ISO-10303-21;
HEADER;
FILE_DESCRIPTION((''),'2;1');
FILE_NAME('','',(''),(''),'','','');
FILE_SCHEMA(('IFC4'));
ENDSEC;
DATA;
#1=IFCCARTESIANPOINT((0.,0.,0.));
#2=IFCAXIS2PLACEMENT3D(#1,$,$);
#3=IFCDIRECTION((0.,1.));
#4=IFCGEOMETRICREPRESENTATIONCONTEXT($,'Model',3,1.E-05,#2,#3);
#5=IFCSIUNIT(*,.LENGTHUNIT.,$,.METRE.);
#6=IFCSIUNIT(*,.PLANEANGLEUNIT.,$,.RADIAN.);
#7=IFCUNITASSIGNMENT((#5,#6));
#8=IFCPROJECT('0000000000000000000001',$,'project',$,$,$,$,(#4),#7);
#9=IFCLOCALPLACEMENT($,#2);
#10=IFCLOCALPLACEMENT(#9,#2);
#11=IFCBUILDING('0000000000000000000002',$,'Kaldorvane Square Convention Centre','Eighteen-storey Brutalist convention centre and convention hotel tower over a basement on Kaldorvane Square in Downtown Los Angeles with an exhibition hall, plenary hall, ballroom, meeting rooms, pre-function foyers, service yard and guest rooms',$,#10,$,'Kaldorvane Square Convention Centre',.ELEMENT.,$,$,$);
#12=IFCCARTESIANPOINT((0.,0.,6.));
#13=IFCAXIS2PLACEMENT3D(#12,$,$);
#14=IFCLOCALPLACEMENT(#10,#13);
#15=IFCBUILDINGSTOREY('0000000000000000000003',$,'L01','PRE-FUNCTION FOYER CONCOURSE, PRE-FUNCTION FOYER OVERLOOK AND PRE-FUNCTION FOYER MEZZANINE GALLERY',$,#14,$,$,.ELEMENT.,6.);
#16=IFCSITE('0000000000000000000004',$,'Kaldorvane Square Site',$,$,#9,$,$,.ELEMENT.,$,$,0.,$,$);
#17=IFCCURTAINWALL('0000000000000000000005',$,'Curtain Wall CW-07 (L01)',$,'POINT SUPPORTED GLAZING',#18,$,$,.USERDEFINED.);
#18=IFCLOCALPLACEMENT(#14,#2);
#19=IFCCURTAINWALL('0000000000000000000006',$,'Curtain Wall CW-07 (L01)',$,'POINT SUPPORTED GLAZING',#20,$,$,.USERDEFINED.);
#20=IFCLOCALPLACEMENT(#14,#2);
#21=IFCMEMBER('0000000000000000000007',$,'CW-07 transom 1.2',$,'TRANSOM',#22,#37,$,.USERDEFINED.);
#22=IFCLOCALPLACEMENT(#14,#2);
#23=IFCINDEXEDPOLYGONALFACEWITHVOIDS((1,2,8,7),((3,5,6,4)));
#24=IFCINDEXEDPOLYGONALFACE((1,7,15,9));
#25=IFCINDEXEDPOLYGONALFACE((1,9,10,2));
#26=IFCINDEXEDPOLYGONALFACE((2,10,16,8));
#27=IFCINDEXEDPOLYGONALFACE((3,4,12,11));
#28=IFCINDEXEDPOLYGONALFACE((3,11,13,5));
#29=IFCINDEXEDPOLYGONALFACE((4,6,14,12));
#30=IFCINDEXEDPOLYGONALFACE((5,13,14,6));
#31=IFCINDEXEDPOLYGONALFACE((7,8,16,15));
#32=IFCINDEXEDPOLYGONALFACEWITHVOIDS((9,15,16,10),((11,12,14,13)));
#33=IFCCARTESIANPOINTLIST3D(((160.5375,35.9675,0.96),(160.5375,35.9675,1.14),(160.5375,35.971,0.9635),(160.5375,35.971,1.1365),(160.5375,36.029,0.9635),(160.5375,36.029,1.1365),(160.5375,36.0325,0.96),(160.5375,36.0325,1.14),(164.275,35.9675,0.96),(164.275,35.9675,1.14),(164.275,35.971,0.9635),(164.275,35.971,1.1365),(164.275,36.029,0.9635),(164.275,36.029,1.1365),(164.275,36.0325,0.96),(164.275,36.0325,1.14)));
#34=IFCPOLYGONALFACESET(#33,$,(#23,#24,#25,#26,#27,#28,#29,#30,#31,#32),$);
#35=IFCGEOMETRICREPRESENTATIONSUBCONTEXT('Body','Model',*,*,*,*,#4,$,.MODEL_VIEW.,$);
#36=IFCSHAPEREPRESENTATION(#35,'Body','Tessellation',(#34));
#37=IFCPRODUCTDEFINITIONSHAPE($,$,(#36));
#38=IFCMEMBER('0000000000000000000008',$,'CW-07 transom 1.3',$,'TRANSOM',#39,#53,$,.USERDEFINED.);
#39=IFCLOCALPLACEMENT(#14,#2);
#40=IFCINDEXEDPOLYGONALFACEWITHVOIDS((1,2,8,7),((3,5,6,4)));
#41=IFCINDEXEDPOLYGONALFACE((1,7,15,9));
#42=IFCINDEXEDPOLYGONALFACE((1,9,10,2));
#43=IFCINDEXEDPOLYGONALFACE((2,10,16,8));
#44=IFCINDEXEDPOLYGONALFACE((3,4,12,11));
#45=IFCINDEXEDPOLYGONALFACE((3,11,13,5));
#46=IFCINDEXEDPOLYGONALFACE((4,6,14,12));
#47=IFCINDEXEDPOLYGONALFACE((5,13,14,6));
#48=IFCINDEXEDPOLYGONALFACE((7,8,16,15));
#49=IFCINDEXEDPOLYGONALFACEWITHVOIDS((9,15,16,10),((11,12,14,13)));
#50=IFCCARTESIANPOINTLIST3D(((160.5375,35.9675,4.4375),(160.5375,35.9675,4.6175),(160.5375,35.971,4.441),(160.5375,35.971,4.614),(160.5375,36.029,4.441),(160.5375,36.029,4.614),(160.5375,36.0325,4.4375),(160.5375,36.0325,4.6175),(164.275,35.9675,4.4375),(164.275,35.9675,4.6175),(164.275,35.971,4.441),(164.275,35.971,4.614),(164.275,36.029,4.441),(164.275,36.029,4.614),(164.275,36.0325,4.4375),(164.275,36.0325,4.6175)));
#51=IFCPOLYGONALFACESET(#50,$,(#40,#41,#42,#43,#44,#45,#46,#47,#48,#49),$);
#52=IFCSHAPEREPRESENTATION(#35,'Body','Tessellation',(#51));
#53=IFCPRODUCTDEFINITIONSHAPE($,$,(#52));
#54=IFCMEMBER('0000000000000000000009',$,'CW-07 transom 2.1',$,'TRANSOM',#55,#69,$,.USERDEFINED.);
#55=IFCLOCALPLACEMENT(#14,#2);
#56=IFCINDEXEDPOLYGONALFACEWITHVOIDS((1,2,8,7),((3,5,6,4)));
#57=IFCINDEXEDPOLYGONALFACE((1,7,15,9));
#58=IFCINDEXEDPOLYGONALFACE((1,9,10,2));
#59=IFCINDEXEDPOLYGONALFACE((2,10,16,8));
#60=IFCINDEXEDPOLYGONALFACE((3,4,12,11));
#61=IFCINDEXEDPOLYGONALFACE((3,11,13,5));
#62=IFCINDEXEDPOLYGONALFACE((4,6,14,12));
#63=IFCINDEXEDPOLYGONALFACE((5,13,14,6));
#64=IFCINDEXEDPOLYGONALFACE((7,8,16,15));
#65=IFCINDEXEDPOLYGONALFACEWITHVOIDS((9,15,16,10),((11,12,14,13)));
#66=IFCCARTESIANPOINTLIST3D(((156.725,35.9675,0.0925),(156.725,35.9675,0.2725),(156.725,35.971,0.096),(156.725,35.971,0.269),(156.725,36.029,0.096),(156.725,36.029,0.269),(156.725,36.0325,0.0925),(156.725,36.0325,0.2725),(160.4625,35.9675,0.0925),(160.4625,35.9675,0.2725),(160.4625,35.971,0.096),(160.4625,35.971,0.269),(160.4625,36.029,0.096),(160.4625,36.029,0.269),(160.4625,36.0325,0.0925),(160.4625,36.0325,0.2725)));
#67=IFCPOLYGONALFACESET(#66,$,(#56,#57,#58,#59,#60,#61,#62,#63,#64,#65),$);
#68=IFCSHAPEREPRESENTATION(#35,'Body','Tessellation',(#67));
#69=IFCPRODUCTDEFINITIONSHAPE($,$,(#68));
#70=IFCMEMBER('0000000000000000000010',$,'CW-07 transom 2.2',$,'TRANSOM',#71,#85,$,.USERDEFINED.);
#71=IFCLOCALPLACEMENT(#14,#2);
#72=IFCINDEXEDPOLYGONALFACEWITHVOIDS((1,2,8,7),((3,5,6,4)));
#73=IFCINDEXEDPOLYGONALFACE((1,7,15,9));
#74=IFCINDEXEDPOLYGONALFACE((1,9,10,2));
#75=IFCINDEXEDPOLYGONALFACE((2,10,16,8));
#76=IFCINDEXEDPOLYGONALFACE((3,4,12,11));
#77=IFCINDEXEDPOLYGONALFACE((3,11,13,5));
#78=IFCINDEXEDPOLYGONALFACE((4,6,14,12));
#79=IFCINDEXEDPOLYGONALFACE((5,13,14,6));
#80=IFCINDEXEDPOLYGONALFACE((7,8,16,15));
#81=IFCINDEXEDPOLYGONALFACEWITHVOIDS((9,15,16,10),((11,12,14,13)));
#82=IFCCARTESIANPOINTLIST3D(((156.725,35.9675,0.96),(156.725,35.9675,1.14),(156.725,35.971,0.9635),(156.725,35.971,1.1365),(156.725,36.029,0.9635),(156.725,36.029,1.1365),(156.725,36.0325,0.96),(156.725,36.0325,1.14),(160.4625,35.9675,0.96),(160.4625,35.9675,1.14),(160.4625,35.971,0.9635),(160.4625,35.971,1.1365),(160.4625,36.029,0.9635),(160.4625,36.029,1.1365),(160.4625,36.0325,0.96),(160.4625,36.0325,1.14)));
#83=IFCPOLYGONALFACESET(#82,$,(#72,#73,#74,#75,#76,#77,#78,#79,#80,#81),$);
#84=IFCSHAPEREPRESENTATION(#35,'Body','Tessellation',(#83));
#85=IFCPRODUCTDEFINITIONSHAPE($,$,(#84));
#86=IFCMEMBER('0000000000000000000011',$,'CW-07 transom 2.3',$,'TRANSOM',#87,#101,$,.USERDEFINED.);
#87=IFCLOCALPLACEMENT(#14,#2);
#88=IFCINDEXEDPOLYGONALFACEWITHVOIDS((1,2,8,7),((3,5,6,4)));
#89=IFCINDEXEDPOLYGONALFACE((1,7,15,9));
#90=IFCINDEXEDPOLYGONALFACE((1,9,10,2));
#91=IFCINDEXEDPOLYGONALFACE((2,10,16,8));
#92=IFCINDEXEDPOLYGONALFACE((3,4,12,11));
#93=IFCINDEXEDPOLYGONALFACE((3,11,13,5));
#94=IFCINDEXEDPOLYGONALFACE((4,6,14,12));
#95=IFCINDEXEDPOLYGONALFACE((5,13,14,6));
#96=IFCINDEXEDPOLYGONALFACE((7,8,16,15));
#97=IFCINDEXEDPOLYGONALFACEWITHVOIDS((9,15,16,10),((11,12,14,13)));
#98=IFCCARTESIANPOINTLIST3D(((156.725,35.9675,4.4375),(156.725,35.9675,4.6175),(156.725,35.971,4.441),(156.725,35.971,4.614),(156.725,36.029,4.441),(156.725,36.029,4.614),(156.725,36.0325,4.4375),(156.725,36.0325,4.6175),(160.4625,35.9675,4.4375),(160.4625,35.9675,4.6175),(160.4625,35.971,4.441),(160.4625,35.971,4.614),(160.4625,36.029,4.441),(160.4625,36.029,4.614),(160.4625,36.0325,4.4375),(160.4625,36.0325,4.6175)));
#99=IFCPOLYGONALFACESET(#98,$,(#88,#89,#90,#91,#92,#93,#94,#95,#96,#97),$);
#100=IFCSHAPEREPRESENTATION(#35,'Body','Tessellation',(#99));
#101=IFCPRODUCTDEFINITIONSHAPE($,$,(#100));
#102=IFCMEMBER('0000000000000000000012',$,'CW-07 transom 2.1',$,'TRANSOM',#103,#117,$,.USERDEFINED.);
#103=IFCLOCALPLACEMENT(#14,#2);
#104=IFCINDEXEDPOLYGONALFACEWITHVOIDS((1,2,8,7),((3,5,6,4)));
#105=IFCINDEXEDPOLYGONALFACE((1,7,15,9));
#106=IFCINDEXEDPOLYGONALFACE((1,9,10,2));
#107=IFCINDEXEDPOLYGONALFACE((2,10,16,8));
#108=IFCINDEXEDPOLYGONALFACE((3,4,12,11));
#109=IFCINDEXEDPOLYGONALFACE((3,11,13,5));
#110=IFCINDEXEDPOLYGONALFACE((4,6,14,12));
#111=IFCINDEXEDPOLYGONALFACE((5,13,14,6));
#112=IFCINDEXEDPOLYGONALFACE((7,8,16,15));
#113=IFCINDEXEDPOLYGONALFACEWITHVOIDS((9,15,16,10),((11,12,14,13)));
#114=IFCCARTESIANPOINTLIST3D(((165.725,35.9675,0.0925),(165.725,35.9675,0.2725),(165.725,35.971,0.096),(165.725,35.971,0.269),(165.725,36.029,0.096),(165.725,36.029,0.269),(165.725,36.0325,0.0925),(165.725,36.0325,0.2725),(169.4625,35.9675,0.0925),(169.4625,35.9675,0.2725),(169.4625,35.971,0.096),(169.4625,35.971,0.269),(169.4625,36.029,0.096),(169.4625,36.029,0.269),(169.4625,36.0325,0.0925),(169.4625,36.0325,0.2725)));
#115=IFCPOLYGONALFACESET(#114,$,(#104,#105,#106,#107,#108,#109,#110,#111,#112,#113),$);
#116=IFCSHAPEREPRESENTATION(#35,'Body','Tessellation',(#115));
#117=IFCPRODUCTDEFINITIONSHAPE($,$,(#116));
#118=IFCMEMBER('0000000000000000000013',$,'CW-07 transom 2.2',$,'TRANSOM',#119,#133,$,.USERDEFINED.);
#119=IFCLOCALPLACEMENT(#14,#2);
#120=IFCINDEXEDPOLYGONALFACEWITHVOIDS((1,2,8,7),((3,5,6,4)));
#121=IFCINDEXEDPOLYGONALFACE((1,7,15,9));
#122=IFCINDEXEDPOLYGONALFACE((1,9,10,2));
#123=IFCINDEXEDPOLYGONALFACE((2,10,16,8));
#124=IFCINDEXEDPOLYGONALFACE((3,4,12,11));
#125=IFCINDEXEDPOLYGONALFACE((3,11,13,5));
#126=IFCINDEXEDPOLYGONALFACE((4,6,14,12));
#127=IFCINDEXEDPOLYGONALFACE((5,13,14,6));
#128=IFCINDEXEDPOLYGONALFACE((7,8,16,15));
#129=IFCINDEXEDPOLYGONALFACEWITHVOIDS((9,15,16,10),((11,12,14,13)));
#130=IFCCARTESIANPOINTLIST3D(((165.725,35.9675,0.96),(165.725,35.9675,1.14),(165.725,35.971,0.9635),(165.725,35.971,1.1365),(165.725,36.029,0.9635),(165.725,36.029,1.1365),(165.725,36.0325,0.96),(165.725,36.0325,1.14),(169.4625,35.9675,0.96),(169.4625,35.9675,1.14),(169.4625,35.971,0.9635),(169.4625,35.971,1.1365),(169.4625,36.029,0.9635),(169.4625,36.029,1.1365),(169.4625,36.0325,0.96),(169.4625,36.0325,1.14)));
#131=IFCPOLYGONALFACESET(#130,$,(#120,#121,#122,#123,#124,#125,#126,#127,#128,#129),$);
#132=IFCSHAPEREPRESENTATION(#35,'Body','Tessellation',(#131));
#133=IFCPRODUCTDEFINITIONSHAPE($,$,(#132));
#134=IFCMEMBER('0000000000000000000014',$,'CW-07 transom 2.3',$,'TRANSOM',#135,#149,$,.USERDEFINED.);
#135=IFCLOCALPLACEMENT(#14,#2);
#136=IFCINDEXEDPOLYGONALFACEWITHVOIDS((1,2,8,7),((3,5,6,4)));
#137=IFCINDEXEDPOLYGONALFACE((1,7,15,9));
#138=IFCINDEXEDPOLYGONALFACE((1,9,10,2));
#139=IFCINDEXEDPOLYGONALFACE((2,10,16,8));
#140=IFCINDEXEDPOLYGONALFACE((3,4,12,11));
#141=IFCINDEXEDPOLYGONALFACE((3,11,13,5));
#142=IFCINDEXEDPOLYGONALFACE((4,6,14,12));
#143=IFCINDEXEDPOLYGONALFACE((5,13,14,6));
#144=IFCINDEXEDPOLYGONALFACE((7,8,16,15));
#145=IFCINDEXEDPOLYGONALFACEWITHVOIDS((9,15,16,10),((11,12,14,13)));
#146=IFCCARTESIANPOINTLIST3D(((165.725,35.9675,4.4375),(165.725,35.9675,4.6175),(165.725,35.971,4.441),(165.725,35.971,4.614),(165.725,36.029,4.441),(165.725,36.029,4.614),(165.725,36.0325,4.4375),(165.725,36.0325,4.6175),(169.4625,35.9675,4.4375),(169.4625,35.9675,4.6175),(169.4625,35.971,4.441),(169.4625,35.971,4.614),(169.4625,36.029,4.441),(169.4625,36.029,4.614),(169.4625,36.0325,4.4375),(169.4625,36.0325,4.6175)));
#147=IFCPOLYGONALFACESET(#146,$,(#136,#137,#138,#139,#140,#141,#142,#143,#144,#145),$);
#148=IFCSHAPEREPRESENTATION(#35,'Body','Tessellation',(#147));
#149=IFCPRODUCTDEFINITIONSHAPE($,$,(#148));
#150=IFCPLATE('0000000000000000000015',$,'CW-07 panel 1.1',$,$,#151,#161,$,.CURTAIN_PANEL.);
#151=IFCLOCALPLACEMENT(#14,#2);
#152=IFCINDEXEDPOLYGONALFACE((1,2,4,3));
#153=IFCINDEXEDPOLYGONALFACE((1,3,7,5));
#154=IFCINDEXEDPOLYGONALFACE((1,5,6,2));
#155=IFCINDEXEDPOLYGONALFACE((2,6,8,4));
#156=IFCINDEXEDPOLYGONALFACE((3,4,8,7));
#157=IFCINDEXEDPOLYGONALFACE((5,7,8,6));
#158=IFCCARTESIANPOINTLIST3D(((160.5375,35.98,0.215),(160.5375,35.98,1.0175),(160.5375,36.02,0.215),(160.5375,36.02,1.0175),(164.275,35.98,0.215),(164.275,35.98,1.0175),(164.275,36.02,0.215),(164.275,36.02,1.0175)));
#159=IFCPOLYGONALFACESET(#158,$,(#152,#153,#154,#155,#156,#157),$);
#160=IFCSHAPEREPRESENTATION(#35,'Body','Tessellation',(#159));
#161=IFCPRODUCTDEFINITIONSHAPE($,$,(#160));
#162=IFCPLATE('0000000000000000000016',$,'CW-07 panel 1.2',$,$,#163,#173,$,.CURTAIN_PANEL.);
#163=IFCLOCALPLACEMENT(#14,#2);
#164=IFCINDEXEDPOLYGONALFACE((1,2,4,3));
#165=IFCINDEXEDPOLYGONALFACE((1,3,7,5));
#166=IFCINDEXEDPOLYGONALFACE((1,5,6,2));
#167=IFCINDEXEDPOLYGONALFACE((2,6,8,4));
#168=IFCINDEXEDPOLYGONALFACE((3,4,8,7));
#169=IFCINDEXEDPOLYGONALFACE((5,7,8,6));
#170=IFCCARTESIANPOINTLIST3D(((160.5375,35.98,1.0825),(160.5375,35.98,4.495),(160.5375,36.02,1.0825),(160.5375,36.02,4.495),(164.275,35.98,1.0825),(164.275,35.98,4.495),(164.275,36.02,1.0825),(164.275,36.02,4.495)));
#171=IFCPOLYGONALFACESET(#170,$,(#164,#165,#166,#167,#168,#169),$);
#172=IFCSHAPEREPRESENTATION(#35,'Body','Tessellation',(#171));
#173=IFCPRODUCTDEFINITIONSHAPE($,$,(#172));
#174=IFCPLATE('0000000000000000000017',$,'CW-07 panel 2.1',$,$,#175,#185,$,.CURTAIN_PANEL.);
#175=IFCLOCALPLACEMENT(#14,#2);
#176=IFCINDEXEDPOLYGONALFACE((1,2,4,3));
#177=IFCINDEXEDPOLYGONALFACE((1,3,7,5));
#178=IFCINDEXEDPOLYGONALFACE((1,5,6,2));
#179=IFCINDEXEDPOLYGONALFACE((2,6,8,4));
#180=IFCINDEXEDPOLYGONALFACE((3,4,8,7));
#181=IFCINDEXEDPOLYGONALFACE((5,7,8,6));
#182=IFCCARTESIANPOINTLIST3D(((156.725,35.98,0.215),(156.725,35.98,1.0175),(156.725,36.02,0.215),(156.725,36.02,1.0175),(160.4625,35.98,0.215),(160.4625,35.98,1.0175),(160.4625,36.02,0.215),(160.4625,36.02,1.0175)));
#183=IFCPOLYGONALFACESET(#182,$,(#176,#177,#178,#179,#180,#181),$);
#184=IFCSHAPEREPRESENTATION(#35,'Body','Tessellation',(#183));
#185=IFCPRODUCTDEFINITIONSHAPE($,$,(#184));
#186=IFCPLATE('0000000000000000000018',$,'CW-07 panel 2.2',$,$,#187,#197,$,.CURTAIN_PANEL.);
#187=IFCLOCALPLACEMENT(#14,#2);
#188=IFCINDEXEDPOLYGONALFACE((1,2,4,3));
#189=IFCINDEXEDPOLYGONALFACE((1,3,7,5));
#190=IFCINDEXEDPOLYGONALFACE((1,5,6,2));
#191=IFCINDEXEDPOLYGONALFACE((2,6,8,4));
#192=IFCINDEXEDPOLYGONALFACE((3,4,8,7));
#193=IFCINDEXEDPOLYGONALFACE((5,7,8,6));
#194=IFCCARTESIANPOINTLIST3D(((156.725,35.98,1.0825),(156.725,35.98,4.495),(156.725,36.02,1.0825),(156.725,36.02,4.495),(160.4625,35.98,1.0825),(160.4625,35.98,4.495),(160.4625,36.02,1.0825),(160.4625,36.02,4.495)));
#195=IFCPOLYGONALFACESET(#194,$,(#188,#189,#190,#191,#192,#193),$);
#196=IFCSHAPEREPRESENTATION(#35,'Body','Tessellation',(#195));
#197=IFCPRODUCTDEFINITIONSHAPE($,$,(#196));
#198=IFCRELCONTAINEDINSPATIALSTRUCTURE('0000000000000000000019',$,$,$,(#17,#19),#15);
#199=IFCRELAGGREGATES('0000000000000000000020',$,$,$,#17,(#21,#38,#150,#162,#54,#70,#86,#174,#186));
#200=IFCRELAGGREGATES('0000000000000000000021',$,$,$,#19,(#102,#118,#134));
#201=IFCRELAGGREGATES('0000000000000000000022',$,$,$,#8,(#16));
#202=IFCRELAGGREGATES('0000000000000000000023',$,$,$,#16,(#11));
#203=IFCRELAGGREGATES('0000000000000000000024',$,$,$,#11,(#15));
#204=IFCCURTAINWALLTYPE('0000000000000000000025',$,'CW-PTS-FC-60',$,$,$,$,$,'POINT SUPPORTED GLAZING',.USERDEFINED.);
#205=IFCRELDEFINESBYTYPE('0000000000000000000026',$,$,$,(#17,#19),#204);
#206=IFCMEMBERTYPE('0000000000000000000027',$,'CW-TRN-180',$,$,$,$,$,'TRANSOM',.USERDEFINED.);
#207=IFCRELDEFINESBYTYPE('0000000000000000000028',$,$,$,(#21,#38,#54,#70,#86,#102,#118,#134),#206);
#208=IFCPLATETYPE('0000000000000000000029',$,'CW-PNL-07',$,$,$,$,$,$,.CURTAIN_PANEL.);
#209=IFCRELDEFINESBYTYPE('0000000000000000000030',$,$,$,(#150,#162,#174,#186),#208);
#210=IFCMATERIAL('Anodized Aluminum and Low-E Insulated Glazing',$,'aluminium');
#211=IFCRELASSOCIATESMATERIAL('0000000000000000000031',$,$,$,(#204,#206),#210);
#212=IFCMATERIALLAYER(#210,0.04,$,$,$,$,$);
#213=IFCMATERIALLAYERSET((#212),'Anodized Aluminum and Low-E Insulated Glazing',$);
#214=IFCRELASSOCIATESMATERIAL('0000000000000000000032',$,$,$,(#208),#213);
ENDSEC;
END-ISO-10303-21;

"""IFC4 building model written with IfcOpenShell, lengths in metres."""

from ifc_helpers import new_model, si_unit, direction, frame, origin, origin_2d, place, context, subcontext, project, spatial, rectangle, hollow_rectangle, extrude, material, layer, layer_set, material_profile, profile_set, type_object, element, aggregate, save


model = new_model("IFC4")

# Units and contexts
model_context = context("Model", 3, precision=1e-05, world=origin(), true_north=direction((0.0, 1.0)))
body_context = subcontext(model_context, "Body", "Model", "MODEL_VIEW")
ifc_project = project(units=[si_unit("LENGTHUNIT", "METRE"), si_unit("PLANEANGLEUNIT", "RADIAN")], contexts=[model_context])

# Site, building, storey
site_placement = place(None, origin())
site = spatial("IfcSite", under=ifc_project, at=site_placement, Name="Kaldorvane Square Site", CompositionType="ELEMENT", RefElevation=0.0)
building_placement = place(site_placement, origin())
building = spatial("IfcBuilding", under=site, at=building_placement, Name="Kaldorvane Square Convention Centre", Description="Eighteen-storey Brutalist convention centre and convention hotel tower over a basement on Kaldorvane Square in Downtown Los Angeles with an exhibition hall, plenary hall, ballroom, meeting rooms, pre-function foyers, service yard and guest rooms", LongName="Kaldorvane Square Convention Centre", CompositionType="ELEMENT")
storey_placement = place(building_placement, frame((0.0, 0.0, 6.0)))
storey = spatial("IfcBuildingStorey", under=building, at=storey_placement, Name="L01", Description="PRE-FUNCTION FOYER CONCOURSE, PRE-FUNCTION FOYER OVERLOOK AND PRE-FUNCTION FOYER MEZZANINE GALLERY", CompositionType="ELEMENT", Elevation=6.0)

# Curtain wall
ifc_material_1 = material(Name="Anodized Aluminum and Low-E Insulated Glazing", Category="aluminium")
curtain_wall_type = type_object("IfcCurtainWallType", Name="CW-PTS-FC-60", ElementType="POINT SUPPORTED GLAZING", PredefinedType="USERDEFINED", material=ifc_material_1)
curtain_wall_1_placement = place(storey_placement, origin())
curtain_wall_1 = element("IfcCurtainWall", 1, at=curtain_wall_1_placement, inside=storey, type_object=curtain_wall_type, Name="Curtain Wall CW-07 (L01)", ObjectType="POINT SUPPORTED GLAZING", PredefinedType="USERDEFINED")

# Curtain wall
curtain_wall_2_placement = place(storey_placement, origin())
curtain_wall_2 = element("IfcCurtainWall", 2, at=curtain_wall_2_placement, inside=storey, type_object=curtain_wall_type, Name="Curtain Wall CW-07 (L01)", ObjectType="POINT SUPPORTED GLAZING", PredefinedType="USERDEFINED")

# Members
ifc_material_profile_1 = material_profile(ifc_material_1, hollow_rectangle(XDim=0.065, YDim=0.18, WallThickness=0.0035, at=origin_2d()), Name="CWT-180X65")
ifc_profile_set_1 = profile_set([ifc_material_profile_1], Name="Anodized Aluminum and Low-E Insulated Glazing")
member_type_1 = type_object("IfcMemberType", Name="CW-TRN-180", ElementType="TRANSOM", PredefinedType="USERDEFINED", material=ifc_profile_set_1)
member_1_placement = place(storey_placement, frame((164.275, 36.0, 1.05), z_axis=(-1.0, 0.0, 0.0), x_axis=(0.0, -1.0, 0.0)))
member_1 = element("IfcMember", 3, at=member_1_placement, type_object=member_type_1, Name="CW-07 transom 1.2", ObjectType="TRANSOM", PredefinedType="USERDEFINED", context=body_context, shape_type="SweptSolid", body=[
    extrude(hollow_rectangle(XDim=0.065, YDim=0.18, WallThickness=0.0035, at=origin_2d()), origin(), (0.0, 0.0, 1.0), 3.7375),
])
member_2_placement = place(storey_placement, frame((164.275, 36.0, 4.5275), z_axis=(-1.0, 0.0, 0.0), x_axis=(0.0, -1.0, 0.0)))
member_2 = element("IfcMember", 4, at=member_2_placement, type_object=member_type_1, Name="CW-07 transom 1.3", ObjectType="TRANSOM", PredefinedType="USERDEFINED", context=body_context, shape_type="SweptSolid", body=[
    extrude(hollow_rectangle(XDim=0.065, YDim=0.18, WallThickness=0.0035, at=origin_2d()), origin(), (0.0, 0.0, 1.0), 3.7375),
])
member_3_placement = place(storey_placement, frame((160.4625, 36.0, 0.1825), z_axis=(-1.0, 0.0, 0.0), x_axis=(0.0, -1.0, 0.0)))
member_3 = element("IfcMember", 5, at=member_3_placement, type_object=member_type_1, Name="CW-07 transom 2.1", ObjectType="TRANSOM", PredefinedType="USERDEFINED", context=body_context, shape_type="SweptSolid", body=[
    extrude(hollow_rectangle(XDim=0.065, YDim=0.18, WallThickness=0.0035, at=origin_2d()), origin(), (0.0, 0.0, 1.0), 3.7375),
])
member_4_placement = place(storey_placement, frame((160.4625, 36.0, 1.05), z_axis=(-1.0, 0.0, 0.0), x_axis=(0.0, -1.0, 0.0)))
member_4 = element("IfcMember", 6, at=member_4_placement, type_object=member_type_1, Name="CW-07 transom 2.2", ObjectType="TRANSOM", PredefinedType="USERDEFINED", context=body_context, shape_type="SweptSolid", body=[
    extrude(hollow_rectangle(XDim=0.065, YDim=0.18, WallThickness=0.0035, at=origin_2d()), origin(), (0.0, 0.0, 1.0), 3.7375),
])
member_5_placement = place(storey_placement, frame((160.4625, 36.0, 4.5275), z_axis=(-1.0, 0.0, 0.0), x_axis=(0.0, -1.0, 0.0)))
member_5 = element("IfcMember", 7, at=member_5_placement, type_object=member_type_1, Name="CW-07 transom 2.3", ObjectType="TRANSOM", PredefinedType="USERDEFINED", context=body_context, shape_type="SweptSolid", body=[
    extrude(hollow_rectangle(XDim=0.065, YDim=0.18, WallThickness=0.0035, at=origin_2d()), origin(), (0.0, 0.0, 1.0), 3.7375),
])
member_6_placement = place(storey_placement, frame((169.4625, 36.0, 0.1825), z_axis=(-1.0, 0.0, 0.0), x_axis=(0.0, -1.0, 0.0)))
member_6 = element("IfcMember", 8, at=member_6_placement, type_object=member_type_1, Name="CW-07 transom 2.1", ObjectType="TRANSOM", PredefinedType="USERDEFINED", context=body_context, shape_type="SweptSolid", body=[
    extrude(hollow_rectangle(XDim=0.065, YDim=0.18, WallThickness=0.0035, at=origin_2d()), origin(), (0.0, 0.0, 1.0), 3.7375),
])
member_7_placement = place(storey_placement, frame((169.4625, 36.0, 1.05), z_axis=(-1.0, 0.0, 0.0), x_axis=(0.0, -1.0, 0.0)))
member_7 = element("IfcMember", 9, at=member_7_placement, type_object=member_type_1, Name="CW-07 transom 2.2", ObjectType="TRANSOM", PredefinedType="USERDEFINED", context=body_context, shape_type="SweptSolid", body=[
    extrude(hollow_rectangle(XDim=0.065, YDim=0.18, WallThickness=0.0035, at=origin_2d()), origin(), (0.0, 0.0, 1.0), 3.7375),
])
member_8_placement = place(storey_placement, frame((169.4625, 36.0, 4.5275), z_axis=(-1.0, 0.0, 0.0), x_axis=(0.0, -1.0, 0.0)))
member_8 = element("IfcMember", 10, at=member_8_placement, type_object=member_type_1, Name="CW-07 transom 2.3", ObjectType="TRANSOM", PredefinedType="USERDEFINED", context=body_context, shape_type="SweptSolid", body=[
    extrude(hollow_rectangle(XDim=0.065, YDim=0.18, WallThickness=0.0035, at=origin_2d()), origin(), (0.0, 0.0, 1.0), 3.7375),
])

# Plates
ifc_layer_1 = layer(ifc_material_1, 0.04)
ifc_layer_set_1 = layer_set([ifc_layer_1], Name="Anodized Aluminum and Low-E Insulated Glazing")
plate_type = type_object("IfcPlateType", Name="CW-PNL-07", PredefinedType="CURTAIN_PANEL", material=ifc_layer_set_1)
plate_1_placement = place(storey_placement, frame((162.4062, 36.0, 0.215), z_axis=(0.0, 0.0, 1.0), x_axis=(-1.0, 0.0, 0.0)))
plate_1 = element("IfcPlate", 11, at=plate_1_placement, type_object=plate_type, Name="CW-07 panel 1.1", PredefinedType="CURTAIN_PANEL", context=body_context, shape_type="SweptSolid", body=[
    extrude(rectangle(XDim=3.7375, YDim=0.04, at=origin_2d()), origin(), (0.0, 0.0, 1.0), 0.8025),
])
plate_2_placement = place(storey_placement, frame((162.4062, 36.0, 1.0825), z_axis=(0.0, 0.0, 1.0), x_axis=(-1.0, 0.0, 0.0)))
plate_2 = element("IfcPlate", 12, at=plate_2_placement, type_object=plate_type, Name="CW-07 panel 1.2", PredefinedType="CURTAIN_PANEL", context=body_context, shape_type="SweptSolid", body=[
    extrude(rectangle(XDim=3.7375, YDim=0.04, at=origin_2d()), origin(), (0.0, 0.0, 1.0), 3.4125),
])
plate_3_placement = place(storey_placement, frame((158.5938, 36.0, 0.215), z_axis=(0.0, 0.0, 1.0), x_axis=(-1.0, 0.0, 0.0)))
plate_3 = element("IfcPlate", 13, at=plate_3_placement, type_object=plate_type, Name="CW-07 panel 2.1", PredefinedType="CURTAIN_PANEL", context=body_context, shape_type="SweptSolid", body=[
    extrude(rectangle(XDim=3.7375, YDim=0.04, at=origin_2d()), origin(), (0.0, 0.0, 1.0), 0.8025),
])
plate_4_placement = place(storey_placement, frame((158.5938, 36.0, 1.0825), z_axis=(0.0, 0.0, 1.0), x_axis=(-1.0, 0.0, 0.0)))
plate_4 = element("IfcPlate", 14, at=plate_4_placement, type_object=plate_type, Name="CW-07 panel 2.2", PredefinedType="CURTAIN_PANEL", context=body_context, shape_type="SweptSolid", body=[
    extrude(rectangle(XDim=3.7375, YDim=0.04, at=origin_2d()), origin(), (0.0, 0.0, 1.0), 3.4125),
])
aggregate(curtain_wall_1, [member_1, member_2, plate_1, plate_2, member_3, member_4, member_5, plate_3, plate_4])
aggregate(curtain_wall_2, [member_6, member_7, member_8])

save(model, "model.ifc")
